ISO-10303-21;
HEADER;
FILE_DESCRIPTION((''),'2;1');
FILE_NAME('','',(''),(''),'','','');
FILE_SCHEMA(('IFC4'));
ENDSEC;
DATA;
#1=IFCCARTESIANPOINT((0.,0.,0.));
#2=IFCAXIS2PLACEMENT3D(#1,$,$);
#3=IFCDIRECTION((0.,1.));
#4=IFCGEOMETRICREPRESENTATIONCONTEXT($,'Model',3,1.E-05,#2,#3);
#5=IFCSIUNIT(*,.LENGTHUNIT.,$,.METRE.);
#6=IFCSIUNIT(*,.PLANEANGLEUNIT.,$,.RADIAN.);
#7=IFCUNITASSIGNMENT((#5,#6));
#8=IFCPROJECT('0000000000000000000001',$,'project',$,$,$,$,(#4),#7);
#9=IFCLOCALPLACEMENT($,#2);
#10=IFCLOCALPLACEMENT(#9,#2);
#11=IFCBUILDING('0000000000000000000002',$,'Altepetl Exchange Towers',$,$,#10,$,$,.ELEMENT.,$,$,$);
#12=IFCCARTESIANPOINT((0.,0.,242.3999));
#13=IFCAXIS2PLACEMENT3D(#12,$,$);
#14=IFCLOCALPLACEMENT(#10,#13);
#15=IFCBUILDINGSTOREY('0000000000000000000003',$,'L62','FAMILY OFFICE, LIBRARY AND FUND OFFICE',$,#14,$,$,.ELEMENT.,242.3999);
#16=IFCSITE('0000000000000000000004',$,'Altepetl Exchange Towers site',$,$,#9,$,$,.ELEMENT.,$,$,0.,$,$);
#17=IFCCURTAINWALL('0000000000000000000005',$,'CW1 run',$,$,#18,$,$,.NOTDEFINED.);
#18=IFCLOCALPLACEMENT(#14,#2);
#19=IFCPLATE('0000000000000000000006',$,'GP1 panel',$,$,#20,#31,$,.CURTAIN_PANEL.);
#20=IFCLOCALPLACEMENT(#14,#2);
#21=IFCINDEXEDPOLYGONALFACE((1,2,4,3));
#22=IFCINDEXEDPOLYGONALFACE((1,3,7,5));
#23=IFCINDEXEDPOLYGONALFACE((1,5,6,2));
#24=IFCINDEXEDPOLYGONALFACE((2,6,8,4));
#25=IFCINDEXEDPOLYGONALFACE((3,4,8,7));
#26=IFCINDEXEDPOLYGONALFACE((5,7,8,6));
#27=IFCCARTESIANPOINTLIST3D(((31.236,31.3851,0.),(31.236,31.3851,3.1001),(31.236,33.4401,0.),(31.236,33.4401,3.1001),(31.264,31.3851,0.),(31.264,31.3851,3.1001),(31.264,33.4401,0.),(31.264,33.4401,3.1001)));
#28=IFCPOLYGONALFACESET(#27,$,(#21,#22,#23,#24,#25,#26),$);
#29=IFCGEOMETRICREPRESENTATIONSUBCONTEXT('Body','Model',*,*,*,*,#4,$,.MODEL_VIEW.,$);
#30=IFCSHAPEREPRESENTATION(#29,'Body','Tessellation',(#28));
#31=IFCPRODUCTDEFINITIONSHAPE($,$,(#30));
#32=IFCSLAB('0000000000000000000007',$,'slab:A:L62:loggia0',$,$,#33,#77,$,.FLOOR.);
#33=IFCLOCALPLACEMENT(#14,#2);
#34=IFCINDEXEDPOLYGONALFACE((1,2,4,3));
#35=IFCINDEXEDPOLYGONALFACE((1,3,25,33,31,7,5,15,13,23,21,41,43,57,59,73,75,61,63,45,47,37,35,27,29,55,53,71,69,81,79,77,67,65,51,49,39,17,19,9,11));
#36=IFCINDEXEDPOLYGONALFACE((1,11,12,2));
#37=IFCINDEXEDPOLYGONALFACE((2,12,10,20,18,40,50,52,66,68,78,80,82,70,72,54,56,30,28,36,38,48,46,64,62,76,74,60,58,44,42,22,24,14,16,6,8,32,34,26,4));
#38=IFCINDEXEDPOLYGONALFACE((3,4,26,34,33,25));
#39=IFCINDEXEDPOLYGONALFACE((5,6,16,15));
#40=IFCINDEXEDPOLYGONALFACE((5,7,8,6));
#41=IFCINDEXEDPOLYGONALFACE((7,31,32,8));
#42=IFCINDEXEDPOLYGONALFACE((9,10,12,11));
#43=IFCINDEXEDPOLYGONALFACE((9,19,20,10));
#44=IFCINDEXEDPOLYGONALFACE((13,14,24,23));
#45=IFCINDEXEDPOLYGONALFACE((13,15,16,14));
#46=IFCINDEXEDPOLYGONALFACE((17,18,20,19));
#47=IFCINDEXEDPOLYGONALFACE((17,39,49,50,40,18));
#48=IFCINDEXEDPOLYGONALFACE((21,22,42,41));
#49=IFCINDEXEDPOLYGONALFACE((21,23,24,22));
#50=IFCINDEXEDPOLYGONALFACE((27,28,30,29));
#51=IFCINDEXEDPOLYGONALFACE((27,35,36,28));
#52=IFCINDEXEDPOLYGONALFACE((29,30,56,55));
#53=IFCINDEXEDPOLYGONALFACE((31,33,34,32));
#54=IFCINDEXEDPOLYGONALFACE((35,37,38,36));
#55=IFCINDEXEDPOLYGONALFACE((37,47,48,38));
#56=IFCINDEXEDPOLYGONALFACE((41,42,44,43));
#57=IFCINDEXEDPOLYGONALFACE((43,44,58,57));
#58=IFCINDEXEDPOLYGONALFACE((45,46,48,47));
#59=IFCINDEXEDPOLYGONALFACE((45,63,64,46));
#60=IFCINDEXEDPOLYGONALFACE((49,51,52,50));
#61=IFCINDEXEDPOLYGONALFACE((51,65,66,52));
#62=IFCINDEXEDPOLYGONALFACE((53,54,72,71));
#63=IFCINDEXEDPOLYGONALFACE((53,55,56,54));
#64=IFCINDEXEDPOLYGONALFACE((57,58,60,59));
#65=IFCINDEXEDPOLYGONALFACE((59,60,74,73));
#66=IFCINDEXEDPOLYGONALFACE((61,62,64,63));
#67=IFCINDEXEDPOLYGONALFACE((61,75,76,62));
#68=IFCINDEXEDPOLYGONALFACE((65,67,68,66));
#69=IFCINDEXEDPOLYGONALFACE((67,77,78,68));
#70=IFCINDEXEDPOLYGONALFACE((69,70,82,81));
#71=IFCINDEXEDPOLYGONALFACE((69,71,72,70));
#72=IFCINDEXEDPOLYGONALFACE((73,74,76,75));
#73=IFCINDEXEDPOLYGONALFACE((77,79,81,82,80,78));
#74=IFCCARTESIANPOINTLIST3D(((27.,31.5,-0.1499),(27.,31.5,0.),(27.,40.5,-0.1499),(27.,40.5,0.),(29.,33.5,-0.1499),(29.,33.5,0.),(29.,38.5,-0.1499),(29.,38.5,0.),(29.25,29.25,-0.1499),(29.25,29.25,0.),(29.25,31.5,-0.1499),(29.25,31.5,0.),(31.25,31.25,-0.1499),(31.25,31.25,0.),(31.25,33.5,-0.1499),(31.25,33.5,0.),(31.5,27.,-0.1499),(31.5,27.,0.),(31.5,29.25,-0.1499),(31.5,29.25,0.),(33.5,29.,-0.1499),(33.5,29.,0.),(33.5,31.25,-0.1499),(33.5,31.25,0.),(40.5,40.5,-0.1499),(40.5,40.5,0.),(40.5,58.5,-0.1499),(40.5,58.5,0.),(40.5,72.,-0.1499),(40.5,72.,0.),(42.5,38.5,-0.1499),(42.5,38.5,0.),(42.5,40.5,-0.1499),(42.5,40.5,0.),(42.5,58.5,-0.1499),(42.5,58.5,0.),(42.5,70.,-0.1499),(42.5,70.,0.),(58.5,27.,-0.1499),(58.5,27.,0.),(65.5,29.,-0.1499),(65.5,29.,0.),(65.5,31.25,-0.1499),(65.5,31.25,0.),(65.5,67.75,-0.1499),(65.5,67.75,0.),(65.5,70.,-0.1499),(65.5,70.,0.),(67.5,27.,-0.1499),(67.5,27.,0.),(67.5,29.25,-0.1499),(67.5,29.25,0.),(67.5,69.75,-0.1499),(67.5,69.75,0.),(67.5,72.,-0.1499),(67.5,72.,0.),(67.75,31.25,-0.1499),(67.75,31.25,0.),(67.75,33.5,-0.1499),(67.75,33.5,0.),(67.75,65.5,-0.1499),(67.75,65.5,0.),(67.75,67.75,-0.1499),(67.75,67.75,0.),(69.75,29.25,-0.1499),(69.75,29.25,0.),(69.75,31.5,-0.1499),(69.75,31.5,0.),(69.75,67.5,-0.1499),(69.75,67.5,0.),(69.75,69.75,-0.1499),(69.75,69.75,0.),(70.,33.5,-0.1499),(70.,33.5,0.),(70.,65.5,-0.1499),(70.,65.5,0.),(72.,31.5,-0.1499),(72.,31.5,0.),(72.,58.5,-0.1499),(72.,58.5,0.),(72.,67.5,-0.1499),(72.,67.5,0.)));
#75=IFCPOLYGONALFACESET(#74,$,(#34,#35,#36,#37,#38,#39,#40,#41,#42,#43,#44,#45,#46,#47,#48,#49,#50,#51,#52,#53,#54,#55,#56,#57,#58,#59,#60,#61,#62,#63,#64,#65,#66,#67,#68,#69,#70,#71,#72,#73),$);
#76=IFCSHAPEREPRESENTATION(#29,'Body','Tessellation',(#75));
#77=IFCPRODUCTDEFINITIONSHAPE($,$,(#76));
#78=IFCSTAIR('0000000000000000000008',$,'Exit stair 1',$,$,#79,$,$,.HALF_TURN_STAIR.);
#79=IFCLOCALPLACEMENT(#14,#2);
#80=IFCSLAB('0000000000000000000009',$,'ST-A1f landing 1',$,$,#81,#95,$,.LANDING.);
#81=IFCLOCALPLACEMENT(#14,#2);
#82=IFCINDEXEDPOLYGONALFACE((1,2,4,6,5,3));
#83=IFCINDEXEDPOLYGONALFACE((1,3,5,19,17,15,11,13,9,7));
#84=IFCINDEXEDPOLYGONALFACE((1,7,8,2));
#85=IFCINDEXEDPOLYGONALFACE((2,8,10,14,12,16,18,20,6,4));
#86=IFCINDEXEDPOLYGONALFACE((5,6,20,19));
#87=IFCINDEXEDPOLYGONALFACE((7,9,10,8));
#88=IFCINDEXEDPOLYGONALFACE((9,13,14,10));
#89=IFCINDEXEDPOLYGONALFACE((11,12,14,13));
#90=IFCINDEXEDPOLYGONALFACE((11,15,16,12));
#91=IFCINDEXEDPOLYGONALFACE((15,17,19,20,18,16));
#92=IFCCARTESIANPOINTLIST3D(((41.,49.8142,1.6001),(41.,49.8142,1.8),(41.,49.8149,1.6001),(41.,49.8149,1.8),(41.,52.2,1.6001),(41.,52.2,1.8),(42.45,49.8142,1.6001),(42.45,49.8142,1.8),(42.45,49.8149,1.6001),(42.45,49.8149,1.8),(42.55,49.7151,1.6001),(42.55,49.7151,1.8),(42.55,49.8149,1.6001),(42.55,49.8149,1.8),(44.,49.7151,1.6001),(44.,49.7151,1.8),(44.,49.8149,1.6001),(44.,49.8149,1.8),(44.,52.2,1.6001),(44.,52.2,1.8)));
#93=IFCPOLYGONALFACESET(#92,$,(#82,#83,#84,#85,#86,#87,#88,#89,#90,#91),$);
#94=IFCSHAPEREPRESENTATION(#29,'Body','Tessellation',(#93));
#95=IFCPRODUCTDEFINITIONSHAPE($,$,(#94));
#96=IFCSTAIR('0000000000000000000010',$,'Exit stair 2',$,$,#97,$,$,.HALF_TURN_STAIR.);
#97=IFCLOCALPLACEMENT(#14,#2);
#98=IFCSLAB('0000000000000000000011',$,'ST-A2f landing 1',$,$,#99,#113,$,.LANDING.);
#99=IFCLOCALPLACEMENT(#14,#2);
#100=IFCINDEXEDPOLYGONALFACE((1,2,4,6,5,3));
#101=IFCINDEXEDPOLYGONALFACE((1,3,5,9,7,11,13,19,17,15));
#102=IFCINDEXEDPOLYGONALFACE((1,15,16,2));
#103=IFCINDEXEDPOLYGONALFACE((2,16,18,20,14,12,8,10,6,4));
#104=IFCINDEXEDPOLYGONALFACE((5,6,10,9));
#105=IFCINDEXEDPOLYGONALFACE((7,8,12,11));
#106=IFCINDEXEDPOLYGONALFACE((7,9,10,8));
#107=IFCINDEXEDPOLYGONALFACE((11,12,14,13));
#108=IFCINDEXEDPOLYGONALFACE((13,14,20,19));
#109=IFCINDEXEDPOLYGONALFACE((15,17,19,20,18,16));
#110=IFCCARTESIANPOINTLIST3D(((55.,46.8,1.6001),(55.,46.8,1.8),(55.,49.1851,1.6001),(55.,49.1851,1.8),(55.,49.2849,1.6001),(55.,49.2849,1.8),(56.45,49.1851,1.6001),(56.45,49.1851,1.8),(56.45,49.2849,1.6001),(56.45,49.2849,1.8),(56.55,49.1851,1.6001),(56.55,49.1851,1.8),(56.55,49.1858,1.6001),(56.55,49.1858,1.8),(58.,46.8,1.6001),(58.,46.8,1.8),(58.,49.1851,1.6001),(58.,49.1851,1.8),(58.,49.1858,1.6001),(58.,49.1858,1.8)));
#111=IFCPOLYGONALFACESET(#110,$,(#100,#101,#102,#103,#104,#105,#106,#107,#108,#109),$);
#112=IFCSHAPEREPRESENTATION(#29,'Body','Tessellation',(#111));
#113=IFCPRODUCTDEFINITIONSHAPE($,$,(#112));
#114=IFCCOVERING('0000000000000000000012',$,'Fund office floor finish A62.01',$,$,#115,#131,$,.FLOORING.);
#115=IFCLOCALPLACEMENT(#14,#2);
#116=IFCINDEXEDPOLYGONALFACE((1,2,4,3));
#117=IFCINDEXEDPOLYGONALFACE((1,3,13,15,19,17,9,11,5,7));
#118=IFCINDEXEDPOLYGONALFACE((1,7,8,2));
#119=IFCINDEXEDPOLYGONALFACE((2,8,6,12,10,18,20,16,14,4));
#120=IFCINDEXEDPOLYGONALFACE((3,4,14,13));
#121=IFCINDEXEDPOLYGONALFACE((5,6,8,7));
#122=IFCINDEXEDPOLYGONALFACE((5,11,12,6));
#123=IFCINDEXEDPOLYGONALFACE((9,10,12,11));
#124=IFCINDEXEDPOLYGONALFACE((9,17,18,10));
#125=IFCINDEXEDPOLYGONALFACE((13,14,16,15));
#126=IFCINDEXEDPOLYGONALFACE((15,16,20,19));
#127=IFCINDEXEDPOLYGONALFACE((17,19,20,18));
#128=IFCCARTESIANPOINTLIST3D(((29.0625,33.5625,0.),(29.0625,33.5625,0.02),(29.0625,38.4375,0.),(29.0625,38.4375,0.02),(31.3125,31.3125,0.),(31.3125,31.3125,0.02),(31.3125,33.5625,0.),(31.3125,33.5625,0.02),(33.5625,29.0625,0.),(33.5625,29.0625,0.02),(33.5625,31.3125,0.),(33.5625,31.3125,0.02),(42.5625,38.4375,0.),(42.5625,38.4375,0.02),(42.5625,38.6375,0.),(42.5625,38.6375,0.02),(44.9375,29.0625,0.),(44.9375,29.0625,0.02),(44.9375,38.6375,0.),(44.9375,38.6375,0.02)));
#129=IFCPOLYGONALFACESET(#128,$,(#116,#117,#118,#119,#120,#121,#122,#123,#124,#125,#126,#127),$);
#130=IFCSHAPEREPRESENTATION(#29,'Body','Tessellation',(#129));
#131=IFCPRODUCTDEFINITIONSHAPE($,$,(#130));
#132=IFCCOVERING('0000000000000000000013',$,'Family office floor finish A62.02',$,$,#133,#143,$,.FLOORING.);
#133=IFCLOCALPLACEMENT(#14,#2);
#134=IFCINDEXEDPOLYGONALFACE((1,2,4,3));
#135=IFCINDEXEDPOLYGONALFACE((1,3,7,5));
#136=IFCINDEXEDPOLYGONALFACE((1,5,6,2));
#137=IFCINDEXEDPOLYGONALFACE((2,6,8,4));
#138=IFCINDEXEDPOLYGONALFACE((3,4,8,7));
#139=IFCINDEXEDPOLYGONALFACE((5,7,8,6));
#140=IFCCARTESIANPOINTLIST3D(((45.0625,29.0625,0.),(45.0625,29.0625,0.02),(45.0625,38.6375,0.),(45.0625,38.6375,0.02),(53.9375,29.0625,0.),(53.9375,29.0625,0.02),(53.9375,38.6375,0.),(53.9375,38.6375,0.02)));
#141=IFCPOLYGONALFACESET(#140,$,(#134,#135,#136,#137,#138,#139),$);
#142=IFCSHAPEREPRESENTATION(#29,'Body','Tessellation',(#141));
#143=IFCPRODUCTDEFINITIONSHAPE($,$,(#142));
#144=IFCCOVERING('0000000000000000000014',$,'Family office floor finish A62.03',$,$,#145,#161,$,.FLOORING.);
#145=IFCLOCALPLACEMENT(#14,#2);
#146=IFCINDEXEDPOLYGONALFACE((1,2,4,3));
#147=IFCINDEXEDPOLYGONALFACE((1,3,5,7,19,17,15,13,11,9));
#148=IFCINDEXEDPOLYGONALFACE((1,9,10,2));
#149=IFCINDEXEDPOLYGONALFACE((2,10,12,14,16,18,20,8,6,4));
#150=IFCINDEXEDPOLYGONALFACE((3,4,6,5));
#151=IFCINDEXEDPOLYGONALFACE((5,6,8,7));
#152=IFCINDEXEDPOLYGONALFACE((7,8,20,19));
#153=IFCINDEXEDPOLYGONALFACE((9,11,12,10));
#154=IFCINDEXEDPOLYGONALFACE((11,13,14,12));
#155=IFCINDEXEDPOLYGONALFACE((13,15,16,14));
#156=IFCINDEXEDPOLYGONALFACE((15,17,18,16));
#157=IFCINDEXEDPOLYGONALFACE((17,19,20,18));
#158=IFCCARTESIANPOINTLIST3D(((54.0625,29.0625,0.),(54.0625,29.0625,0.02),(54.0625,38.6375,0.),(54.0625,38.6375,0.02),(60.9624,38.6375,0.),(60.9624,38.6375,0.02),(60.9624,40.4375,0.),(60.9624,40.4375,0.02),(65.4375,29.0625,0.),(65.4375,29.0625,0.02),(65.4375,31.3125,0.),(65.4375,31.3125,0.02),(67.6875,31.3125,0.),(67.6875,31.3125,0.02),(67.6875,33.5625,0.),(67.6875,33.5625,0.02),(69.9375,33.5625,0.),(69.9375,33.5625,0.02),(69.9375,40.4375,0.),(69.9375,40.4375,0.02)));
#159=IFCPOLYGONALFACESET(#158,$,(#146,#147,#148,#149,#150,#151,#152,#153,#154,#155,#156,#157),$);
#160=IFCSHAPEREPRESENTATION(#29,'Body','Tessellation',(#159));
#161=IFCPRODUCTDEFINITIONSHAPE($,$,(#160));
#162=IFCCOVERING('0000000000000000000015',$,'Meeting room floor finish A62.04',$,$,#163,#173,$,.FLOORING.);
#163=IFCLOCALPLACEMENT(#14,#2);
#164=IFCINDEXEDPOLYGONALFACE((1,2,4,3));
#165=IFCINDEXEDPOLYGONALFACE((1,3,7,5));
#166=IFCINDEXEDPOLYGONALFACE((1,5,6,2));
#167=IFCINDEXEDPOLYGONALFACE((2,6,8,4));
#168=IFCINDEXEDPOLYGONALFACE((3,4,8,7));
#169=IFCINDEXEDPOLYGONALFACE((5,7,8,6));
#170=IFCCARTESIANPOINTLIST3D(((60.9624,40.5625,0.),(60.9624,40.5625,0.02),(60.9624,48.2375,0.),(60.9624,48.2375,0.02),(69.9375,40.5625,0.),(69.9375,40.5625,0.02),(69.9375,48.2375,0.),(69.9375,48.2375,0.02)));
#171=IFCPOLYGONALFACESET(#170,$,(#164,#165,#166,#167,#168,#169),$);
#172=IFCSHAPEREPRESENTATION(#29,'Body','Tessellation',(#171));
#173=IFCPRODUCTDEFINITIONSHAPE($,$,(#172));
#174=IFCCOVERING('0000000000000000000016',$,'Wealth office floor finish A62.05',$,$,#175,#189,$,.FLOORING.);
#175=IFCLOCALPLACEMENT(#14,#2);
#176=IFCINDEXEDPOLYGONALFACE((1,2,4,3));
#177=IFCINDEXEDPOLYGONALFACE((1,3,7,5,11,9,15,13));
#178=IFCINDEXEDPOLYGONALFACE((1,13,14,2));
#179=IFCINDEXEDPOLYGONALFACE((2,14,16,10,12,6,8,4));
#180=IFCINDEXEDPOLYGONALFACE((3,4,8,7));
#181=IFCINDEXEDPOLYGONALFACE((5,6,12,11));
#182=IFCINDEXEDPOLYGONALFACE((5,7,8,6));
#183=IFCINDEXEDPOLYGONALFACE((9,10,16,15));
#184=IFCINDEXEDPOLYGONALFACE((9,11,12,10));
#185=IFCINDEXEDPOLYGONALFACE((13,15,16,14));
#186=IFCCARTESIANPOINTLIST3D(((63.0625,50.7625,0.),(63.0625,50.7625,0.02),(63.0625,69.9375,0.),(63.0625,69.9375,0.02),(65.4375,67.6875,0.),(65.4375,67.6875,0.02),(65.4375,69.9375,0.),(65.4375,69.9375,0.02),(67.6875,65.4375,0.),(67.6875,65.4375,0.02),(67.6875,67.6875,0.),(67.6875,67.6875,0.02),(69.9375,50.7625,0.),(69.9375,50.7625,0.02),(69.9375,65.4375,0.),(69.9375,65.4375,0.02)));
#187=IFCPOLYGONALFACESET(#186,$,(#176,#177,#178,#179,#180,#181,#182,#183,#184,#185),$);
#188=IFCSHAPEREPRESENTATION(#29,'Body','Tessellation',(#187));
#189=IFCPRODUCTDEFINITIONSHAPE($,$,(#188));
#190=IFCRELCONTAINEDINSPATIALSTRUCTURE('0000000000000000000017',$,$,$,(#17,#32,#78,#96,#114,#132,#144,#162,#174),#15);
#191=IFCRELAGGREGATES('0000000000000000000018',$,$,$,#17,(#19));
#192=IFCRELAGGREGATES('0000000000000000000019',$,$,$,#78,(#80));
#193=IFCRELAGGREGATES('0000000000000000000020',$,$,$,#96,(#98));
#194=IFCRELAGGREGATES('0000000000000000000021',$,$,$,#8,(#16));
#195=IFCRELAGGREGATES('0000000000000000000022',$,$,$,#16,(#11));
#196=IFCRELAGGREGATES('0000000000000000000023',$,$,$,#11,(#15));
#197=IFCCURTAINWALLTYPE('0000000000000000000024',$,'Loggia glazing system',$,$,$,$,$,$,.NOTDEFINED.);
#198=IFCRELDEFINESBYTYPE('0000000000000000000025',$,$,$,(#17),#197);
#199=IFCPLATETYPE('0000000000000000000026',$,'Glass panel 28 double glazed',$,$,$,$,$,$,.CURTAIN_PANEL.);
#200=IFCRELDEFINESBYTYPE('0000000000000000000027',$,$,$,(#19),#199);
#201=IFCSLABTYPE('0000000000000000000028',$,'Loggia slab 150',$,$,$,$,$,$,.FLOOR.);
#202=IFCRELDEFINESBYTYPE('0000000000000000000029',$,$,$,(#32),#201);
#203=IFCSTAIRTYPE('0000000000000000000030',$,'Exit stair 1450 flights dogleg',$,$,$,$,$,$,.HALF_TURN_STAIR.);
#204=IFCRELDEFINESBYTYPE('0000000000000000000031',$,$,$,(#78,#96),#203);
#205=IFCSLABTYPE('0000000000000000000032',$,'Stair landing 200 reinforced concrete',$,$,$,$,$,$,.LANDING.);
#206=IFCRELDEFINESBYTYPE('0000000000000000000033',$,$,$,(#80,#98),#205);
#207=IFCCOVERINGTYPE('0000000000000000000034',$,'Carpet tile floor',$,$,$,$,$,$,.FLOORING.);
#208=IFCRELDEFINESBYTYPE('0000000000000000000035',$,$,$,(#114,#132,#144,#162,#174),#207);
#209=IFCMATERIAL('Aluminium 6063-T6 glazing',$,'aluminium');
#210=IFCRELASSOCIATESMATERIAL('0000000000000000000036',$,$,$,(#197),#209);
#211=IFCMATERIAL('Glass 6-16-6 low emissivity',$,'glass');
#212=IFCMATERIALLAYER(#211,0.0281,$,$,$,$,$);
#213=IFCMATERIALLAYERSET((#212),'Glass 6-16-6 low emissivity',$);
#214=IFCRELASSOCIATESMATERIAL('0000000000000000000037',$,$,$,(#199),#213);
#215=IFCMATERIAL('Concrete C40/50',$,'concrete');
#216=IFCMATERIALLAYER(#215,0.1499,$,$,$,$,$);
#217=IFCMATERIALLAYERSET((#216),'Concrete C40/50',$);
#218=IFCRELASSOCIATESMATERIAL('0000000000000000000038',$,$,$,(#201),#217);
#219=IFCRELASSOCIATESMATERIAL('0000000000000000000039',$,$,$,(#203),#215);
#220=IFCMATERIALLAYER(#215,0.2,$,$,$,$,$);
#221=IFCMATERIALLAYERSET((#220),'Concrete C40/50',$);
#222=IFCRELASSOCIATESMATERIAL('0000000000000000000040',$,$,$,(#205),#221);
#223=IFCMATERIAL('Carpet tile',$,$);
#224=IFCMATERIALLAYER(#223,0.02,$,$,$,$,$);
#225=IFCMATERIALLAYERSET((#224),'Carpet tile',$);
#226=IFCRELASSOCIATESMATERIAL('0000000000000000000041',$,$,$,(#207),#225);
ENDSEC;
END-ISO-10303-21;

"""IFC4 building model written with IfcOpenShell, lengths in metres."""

from ifc_helpers import new_model, si_unit, direction, frame, origin, origin_2d, place, context, subcontext, project, spatial, polyline, rectangle, outline, extrude, material, layer, layer_set, type_object, element, aggregate, save


model = new_model("IFC4")

# Units and contexts
model_context = context("Model", 3, precision=1e-05, world=origin(), true_north=direction((0.0, 1.0)))
body_context = subcontext(model_context, "Body", "Model", "MODEL_VIEW")
ifc_project = project(units=[si_unit("LENGTHUNIT", "METRE"), si_unit("PLANEANGLEUNIT", "RADIAN")], contexts=[model_context])

# Site, building, storey
site_placement = place(None, origin())
site = spatial("IfcSite", under=ifc_project, at=site_placement, Name="Altepetl Exchange Towers site", CompositionType="ELEMENT", RefElevation=0.0)
building_placement = place(site_placement, origin())
building = spatial("IfcBuilding", under=site, at=building_placement, Name="Altepetl Exchange Towers", CompositionType="ELEMENT")
storey_placement = place(building_placement, frame((0.0, 0.0, 242.3999)))
storey = spatial("IfcBuildingStorey", under=building, at=storey_placement, Name="L62", Description="FAMILY OFFICE, LIBRARY AND FUND OFFICE", CompositionType="ELEMENT", Elevation=242.3999)

# Shared definitions
ifc_material_1 = material(Name="Aluminium 6063-T6 glazing", Category="aluminium")
curtain_wall_type = type_object("IfcCurtainWallType", Name="Loggia glazing system", PredefinedType="NOTDEFINED", material=ifc_material_1)

# Curtain wall
curtain_wall_1_placement = place(storey_placement, origin())
curtain_wall_1 = element("IfcCurtainWall", 1, at=curtain_wall_1_placement, inside=storey, type_object=curtain_wall_type, Name="CW1 run", PredefinedType="NOTDEFINED")

# Shared definitions
ifc_material_2 = material(Name="Concrete C40/50", Category="concrete")

# Plate
ifc_material_3 = material(Name="Glass 6-16-6 low emissivity", Category="glass")
ifc_layer_1 = layer(ifc_material_3, 0.0281)
ifc_layer_set_1 = layer_set([ifc_layer_1], Name="Glass 6-16-6 low emissivity")
plate_type = type_object("IfcPlateType", Name="Glass panel 28 double glazed", PredefinedType="CURTAIN_PANEL", material=ifc_layer_set_1)
plate_1_placement = place(storey_placement, frame((31.25, 32.4126, 0.0), z_axis=(0.0, 0.0, 1.0), x_axis=(0.0, -1.0, 0.0)))
plate_1 = element("IfcPlate", 2, at=plate_1_placement, type_object=plate_type, Name="GP1 panel", PredefinedType="CURTAIN_PANEL", context=body_context, shape_type="SweptSolid", body=[
    extrude(rectangle(XDim=2.0549, YDim=0.0281, at=origin_2d()), origin(), (0.0, 0.0, 1.0), 3.1001),
])
aggregate(curtain_wall_1, [plate_1])

# Slab
ifc_layer_2 = layer(ifc_material_2, 0.1499)
ifc_layer_set_2 = layer_set([ifc_layer_2], Name="Concrete C40/50")
slab_type_1 = type_object("IfcSlabType", Name="Loggia slab 150", PredefinedType="FLOOR", material=ifc_layer_set_2)
slab_1_placement = place(storey_placement, frame((0.0, 0.0, -0.1499)))
element("IfcSlab", 3, at=slab_1_placement, inside=storey, type_object=slab_type_1, Name="slab:A:L62:loggia0", PredefinedType="FLOOR", context=body_context, shape_type="SweptSolid", body=[
    extrude(outline(polyline([(40.5, 72.0), (40.5, 58.5), (42.5, 58.5), (42.5, 70.0), (65.5, 70.0), (65.5, 67.75), (67.75, 67.75), (67.75, 65.5), (70.0, 65.5), (70.0, 33.5), (67.75, 33.5), (67.75, 31.25), (65.5, 31.25), (65.5, 29.0), (33.5, 29.0), (33.5, 31.25), (31.25, 31.25), (31.25, 33.5), (29.0, 33.5), (29.0, 38.5), (42.5, 38.5), (42.5, 40.5), (40.5, 40.5), (27.0, 40.5), (27.0, 31.5), (29.25, 31.5), (29.25, 29.25), (31.5, 29.25), (31.5, 27.0), (58.5, 27.0), (67.5, 27.0), (67.5, 29.25), (69.75, 29.25), (69.75, 31.5), (72.0, 31.5), (72.0, 58.5), (72.0, 67.5), (69.75, 67.5), (69.75, 69.75), (67.5, 69.75), (67.5, 72.0), (40.5, 72.0)])), origin(), (0.0, 0.0, 1.0), 0.1499),
])

# Stairs, slabs
stair_type = type_object("IfcStairType", Name="Exit stair 1450 flights dogleg", PredefinedType="HALF_TURN_STAIR", material=ifc_material_2)
stair_1_placement = place(storey_placement, origin())
stair_1 = element("IfcStair", 4, at=stair_1_placement, inside=storey, type_object=stair_type, Name="Exit stair 1", PredefinedType="HALF_TURN_STAIR")
ifc_layer_3 = layer(ifc_material_2, 0.2)
ifc_layer_set_3 = layer_set([ifc_layer_3], Name="Concrete C40/50")
slab_type_2 = type_object("IfcSlabType", Name="Stair landing 200 reinforced concrete", PredefinedType="LANDING", material=ifc_layer_set_3)
slab_2_placement = place(storey_placement, frame((0.0, 0.0, 1.6001)))
slab_2 = element("IfcSlab", 5, at=slab_2_placement, type_object=slab_type_2, Name="ST-A1f landing 1", PredefinedType="LANDING", context=body_context, shape_type="SweptSolid", body=[
    extrude(outline(polyline([(44.0, 49.7151), (42.55, 49.7151), (42.55, 49.8149), (42.45, 49.8149), (42.45, 49.8142), (41.0, 49.8142), (41.0, 49.8149), (41.0, 52.2), (44.0, 52.2), (44.0, 49.8149), (44.0, 49.7151)])), origin(), (0.0, 0.0, 1.0), 0.2),
])
aggregate(stair_1, [slab_2])
stair_2_placement = place(storey_placement, origin())
stair_2 = element("IfcStair", 6, at=stair_2_placement, inside=storey, type_object=stair_type, Name="Exit stair 2", PredefinedType="HALF_TURN_STAIR")
slab_3_placement = place(storey_placement, frame((0.0, 0.0, 1.6001)))
slab_3 = element("IfcSlab", 7, at=slab_3_placement, type_object=slab_type_2, Name="ST-A2f landing 1", PredefinedType="LANDING", context=body_context, shape_type="SweptSolid", body=[
    extrude(outline(polyline([(58.0, 46.8), (55.0, 46.8), (55.0, 49.1851), (55.0, 49.2849), (56.45, 49.2849), (56.45, 49.1851), (56.55, 49.1851), (56.55, 49.1858), (58.0, 49.1858), (58.0, 49.1851), (58.0, 46.8)])), origin(), (0.0, 0.0, 1.0), 0.2),
])
aggregate(stair_2, [slab_3])

# Coverings
ifc_material_4 = material(Name="Carpet tile")
ifc_layer_4 = layer(ifc_material_4, 0.02)
ifc_layer_set_4 = layer_set([ifc_layer_4], Name="Carpet tile")
covering_type_1 = type_object("IfcCoveringType", Name="Carpet tile floor", PredefinedType="FLOORING", material=ifc_layer_set_4)
covering_1_placement = place(storey_placement, origin())
element("IfcCovering", 8, at=covering_1_placement, inside=storey, type_object=covering_type_1, Name="Fund office floor finish A62.01", PredefinedType="FLOORING", context=body_context, shape_type="SweptSolid", body=[
    extrude(outline(polyline([(33.5625, 29.0625), (44.9375, 29.0625), (44.9375, 38.6375), (42.5625, 38.6375), (42.5625, 38.4375), (29.0625, 38.4375), (29.0625, 33.5625), (31.3125, 33.5625), (31.3125, 31.3125), (33.5625, 31.3125), (33.5625, 29.0625)])), origin(), (0.0, 0.0, 1.0), 0.02),
])
covering_2_placement = place(storey_placement, origin())
element("IfcCovering", 9, at=covering_2_placement, inside=storey, type_object=covering_type_1, Name="Family office floor finish A62.02", PredefinedType="FLOORING", context=body_context, shape_type="SweptSolid", body=[
    extrude(outline(polyline([(45.0625, 38.6375), (45.0625, 29.0625), (53.9375, 29.0625), (53.9375, 38.6375), (45.0625, 38.6375)])), origin(), (0.0, 0.0, 1.0), 0.02),
])
covering_3_placement = place(storey_placement, origin())
element("IfcCovering", 10, at=covering_3_placement, inside=storey, type_object=covering_type_1, Name="Family office floor finish A62.03", PredefinedType="FLOORING", context=body_context, shape_type="SweptSolid", body=[
    extrude(outline(polyline([(54.0625, 29.0625), (65.4375, 29.0625), (65.4375, 31.3125), (67.6875, 31.3125), (67.6875, 33.5625), (69.9375, 33.5625), (69.9375, 40.4375), (60.9624, 40.4375), (60.9624, 38.6375), (54.0625, 38.6375), (54.0625, 29.0625)])), origin(), (0.0, 0.0, 1.0), 0.02),
])
covering_4_placement = place(storey_placement, origin())
element("IfcCovering", 11, at=covering_4_placement, inside=storey, type_object=covering_type_1, Name="Meeting room floor finish A62.04", PredefinedType="FLOORING", context=body_context, shape_type="SweptSolid", body=[
    extrude(outline(polyline([(60.9624, 40.5625), (69.9375, 40.5625), (69.9375, 48.2375), (60.9624, 48.2375), (60.9624, 40.5625)])), origin(), (0.0, 0.0, 1.0), 0.02),
])
covering_5_placement = place(storey_placement, origin())
element("IfcCovering", 12, at=covering_5_placement, inside=storey, type_object=covering_type_1, Name="Wealth office floor finish A62.05", PredefinedType="FLOORING", context=body_context, shape_type="SweptSolid", body=[
    extrude(outline(polyline([(65.4375, 67.6875), (65.4375, 69.9375), (63.0625, 69.9375), (63.0625, 50.7625), (69.9375, 50.7625), (69.9375, 65.4375), (67.6875, 65.4375), (67.6875, 67.6875), (65.4375, 67.6875)])), origin(), (0.0, 0.0, 1.0), 0.02),
])

save(model, "model.ifc")
